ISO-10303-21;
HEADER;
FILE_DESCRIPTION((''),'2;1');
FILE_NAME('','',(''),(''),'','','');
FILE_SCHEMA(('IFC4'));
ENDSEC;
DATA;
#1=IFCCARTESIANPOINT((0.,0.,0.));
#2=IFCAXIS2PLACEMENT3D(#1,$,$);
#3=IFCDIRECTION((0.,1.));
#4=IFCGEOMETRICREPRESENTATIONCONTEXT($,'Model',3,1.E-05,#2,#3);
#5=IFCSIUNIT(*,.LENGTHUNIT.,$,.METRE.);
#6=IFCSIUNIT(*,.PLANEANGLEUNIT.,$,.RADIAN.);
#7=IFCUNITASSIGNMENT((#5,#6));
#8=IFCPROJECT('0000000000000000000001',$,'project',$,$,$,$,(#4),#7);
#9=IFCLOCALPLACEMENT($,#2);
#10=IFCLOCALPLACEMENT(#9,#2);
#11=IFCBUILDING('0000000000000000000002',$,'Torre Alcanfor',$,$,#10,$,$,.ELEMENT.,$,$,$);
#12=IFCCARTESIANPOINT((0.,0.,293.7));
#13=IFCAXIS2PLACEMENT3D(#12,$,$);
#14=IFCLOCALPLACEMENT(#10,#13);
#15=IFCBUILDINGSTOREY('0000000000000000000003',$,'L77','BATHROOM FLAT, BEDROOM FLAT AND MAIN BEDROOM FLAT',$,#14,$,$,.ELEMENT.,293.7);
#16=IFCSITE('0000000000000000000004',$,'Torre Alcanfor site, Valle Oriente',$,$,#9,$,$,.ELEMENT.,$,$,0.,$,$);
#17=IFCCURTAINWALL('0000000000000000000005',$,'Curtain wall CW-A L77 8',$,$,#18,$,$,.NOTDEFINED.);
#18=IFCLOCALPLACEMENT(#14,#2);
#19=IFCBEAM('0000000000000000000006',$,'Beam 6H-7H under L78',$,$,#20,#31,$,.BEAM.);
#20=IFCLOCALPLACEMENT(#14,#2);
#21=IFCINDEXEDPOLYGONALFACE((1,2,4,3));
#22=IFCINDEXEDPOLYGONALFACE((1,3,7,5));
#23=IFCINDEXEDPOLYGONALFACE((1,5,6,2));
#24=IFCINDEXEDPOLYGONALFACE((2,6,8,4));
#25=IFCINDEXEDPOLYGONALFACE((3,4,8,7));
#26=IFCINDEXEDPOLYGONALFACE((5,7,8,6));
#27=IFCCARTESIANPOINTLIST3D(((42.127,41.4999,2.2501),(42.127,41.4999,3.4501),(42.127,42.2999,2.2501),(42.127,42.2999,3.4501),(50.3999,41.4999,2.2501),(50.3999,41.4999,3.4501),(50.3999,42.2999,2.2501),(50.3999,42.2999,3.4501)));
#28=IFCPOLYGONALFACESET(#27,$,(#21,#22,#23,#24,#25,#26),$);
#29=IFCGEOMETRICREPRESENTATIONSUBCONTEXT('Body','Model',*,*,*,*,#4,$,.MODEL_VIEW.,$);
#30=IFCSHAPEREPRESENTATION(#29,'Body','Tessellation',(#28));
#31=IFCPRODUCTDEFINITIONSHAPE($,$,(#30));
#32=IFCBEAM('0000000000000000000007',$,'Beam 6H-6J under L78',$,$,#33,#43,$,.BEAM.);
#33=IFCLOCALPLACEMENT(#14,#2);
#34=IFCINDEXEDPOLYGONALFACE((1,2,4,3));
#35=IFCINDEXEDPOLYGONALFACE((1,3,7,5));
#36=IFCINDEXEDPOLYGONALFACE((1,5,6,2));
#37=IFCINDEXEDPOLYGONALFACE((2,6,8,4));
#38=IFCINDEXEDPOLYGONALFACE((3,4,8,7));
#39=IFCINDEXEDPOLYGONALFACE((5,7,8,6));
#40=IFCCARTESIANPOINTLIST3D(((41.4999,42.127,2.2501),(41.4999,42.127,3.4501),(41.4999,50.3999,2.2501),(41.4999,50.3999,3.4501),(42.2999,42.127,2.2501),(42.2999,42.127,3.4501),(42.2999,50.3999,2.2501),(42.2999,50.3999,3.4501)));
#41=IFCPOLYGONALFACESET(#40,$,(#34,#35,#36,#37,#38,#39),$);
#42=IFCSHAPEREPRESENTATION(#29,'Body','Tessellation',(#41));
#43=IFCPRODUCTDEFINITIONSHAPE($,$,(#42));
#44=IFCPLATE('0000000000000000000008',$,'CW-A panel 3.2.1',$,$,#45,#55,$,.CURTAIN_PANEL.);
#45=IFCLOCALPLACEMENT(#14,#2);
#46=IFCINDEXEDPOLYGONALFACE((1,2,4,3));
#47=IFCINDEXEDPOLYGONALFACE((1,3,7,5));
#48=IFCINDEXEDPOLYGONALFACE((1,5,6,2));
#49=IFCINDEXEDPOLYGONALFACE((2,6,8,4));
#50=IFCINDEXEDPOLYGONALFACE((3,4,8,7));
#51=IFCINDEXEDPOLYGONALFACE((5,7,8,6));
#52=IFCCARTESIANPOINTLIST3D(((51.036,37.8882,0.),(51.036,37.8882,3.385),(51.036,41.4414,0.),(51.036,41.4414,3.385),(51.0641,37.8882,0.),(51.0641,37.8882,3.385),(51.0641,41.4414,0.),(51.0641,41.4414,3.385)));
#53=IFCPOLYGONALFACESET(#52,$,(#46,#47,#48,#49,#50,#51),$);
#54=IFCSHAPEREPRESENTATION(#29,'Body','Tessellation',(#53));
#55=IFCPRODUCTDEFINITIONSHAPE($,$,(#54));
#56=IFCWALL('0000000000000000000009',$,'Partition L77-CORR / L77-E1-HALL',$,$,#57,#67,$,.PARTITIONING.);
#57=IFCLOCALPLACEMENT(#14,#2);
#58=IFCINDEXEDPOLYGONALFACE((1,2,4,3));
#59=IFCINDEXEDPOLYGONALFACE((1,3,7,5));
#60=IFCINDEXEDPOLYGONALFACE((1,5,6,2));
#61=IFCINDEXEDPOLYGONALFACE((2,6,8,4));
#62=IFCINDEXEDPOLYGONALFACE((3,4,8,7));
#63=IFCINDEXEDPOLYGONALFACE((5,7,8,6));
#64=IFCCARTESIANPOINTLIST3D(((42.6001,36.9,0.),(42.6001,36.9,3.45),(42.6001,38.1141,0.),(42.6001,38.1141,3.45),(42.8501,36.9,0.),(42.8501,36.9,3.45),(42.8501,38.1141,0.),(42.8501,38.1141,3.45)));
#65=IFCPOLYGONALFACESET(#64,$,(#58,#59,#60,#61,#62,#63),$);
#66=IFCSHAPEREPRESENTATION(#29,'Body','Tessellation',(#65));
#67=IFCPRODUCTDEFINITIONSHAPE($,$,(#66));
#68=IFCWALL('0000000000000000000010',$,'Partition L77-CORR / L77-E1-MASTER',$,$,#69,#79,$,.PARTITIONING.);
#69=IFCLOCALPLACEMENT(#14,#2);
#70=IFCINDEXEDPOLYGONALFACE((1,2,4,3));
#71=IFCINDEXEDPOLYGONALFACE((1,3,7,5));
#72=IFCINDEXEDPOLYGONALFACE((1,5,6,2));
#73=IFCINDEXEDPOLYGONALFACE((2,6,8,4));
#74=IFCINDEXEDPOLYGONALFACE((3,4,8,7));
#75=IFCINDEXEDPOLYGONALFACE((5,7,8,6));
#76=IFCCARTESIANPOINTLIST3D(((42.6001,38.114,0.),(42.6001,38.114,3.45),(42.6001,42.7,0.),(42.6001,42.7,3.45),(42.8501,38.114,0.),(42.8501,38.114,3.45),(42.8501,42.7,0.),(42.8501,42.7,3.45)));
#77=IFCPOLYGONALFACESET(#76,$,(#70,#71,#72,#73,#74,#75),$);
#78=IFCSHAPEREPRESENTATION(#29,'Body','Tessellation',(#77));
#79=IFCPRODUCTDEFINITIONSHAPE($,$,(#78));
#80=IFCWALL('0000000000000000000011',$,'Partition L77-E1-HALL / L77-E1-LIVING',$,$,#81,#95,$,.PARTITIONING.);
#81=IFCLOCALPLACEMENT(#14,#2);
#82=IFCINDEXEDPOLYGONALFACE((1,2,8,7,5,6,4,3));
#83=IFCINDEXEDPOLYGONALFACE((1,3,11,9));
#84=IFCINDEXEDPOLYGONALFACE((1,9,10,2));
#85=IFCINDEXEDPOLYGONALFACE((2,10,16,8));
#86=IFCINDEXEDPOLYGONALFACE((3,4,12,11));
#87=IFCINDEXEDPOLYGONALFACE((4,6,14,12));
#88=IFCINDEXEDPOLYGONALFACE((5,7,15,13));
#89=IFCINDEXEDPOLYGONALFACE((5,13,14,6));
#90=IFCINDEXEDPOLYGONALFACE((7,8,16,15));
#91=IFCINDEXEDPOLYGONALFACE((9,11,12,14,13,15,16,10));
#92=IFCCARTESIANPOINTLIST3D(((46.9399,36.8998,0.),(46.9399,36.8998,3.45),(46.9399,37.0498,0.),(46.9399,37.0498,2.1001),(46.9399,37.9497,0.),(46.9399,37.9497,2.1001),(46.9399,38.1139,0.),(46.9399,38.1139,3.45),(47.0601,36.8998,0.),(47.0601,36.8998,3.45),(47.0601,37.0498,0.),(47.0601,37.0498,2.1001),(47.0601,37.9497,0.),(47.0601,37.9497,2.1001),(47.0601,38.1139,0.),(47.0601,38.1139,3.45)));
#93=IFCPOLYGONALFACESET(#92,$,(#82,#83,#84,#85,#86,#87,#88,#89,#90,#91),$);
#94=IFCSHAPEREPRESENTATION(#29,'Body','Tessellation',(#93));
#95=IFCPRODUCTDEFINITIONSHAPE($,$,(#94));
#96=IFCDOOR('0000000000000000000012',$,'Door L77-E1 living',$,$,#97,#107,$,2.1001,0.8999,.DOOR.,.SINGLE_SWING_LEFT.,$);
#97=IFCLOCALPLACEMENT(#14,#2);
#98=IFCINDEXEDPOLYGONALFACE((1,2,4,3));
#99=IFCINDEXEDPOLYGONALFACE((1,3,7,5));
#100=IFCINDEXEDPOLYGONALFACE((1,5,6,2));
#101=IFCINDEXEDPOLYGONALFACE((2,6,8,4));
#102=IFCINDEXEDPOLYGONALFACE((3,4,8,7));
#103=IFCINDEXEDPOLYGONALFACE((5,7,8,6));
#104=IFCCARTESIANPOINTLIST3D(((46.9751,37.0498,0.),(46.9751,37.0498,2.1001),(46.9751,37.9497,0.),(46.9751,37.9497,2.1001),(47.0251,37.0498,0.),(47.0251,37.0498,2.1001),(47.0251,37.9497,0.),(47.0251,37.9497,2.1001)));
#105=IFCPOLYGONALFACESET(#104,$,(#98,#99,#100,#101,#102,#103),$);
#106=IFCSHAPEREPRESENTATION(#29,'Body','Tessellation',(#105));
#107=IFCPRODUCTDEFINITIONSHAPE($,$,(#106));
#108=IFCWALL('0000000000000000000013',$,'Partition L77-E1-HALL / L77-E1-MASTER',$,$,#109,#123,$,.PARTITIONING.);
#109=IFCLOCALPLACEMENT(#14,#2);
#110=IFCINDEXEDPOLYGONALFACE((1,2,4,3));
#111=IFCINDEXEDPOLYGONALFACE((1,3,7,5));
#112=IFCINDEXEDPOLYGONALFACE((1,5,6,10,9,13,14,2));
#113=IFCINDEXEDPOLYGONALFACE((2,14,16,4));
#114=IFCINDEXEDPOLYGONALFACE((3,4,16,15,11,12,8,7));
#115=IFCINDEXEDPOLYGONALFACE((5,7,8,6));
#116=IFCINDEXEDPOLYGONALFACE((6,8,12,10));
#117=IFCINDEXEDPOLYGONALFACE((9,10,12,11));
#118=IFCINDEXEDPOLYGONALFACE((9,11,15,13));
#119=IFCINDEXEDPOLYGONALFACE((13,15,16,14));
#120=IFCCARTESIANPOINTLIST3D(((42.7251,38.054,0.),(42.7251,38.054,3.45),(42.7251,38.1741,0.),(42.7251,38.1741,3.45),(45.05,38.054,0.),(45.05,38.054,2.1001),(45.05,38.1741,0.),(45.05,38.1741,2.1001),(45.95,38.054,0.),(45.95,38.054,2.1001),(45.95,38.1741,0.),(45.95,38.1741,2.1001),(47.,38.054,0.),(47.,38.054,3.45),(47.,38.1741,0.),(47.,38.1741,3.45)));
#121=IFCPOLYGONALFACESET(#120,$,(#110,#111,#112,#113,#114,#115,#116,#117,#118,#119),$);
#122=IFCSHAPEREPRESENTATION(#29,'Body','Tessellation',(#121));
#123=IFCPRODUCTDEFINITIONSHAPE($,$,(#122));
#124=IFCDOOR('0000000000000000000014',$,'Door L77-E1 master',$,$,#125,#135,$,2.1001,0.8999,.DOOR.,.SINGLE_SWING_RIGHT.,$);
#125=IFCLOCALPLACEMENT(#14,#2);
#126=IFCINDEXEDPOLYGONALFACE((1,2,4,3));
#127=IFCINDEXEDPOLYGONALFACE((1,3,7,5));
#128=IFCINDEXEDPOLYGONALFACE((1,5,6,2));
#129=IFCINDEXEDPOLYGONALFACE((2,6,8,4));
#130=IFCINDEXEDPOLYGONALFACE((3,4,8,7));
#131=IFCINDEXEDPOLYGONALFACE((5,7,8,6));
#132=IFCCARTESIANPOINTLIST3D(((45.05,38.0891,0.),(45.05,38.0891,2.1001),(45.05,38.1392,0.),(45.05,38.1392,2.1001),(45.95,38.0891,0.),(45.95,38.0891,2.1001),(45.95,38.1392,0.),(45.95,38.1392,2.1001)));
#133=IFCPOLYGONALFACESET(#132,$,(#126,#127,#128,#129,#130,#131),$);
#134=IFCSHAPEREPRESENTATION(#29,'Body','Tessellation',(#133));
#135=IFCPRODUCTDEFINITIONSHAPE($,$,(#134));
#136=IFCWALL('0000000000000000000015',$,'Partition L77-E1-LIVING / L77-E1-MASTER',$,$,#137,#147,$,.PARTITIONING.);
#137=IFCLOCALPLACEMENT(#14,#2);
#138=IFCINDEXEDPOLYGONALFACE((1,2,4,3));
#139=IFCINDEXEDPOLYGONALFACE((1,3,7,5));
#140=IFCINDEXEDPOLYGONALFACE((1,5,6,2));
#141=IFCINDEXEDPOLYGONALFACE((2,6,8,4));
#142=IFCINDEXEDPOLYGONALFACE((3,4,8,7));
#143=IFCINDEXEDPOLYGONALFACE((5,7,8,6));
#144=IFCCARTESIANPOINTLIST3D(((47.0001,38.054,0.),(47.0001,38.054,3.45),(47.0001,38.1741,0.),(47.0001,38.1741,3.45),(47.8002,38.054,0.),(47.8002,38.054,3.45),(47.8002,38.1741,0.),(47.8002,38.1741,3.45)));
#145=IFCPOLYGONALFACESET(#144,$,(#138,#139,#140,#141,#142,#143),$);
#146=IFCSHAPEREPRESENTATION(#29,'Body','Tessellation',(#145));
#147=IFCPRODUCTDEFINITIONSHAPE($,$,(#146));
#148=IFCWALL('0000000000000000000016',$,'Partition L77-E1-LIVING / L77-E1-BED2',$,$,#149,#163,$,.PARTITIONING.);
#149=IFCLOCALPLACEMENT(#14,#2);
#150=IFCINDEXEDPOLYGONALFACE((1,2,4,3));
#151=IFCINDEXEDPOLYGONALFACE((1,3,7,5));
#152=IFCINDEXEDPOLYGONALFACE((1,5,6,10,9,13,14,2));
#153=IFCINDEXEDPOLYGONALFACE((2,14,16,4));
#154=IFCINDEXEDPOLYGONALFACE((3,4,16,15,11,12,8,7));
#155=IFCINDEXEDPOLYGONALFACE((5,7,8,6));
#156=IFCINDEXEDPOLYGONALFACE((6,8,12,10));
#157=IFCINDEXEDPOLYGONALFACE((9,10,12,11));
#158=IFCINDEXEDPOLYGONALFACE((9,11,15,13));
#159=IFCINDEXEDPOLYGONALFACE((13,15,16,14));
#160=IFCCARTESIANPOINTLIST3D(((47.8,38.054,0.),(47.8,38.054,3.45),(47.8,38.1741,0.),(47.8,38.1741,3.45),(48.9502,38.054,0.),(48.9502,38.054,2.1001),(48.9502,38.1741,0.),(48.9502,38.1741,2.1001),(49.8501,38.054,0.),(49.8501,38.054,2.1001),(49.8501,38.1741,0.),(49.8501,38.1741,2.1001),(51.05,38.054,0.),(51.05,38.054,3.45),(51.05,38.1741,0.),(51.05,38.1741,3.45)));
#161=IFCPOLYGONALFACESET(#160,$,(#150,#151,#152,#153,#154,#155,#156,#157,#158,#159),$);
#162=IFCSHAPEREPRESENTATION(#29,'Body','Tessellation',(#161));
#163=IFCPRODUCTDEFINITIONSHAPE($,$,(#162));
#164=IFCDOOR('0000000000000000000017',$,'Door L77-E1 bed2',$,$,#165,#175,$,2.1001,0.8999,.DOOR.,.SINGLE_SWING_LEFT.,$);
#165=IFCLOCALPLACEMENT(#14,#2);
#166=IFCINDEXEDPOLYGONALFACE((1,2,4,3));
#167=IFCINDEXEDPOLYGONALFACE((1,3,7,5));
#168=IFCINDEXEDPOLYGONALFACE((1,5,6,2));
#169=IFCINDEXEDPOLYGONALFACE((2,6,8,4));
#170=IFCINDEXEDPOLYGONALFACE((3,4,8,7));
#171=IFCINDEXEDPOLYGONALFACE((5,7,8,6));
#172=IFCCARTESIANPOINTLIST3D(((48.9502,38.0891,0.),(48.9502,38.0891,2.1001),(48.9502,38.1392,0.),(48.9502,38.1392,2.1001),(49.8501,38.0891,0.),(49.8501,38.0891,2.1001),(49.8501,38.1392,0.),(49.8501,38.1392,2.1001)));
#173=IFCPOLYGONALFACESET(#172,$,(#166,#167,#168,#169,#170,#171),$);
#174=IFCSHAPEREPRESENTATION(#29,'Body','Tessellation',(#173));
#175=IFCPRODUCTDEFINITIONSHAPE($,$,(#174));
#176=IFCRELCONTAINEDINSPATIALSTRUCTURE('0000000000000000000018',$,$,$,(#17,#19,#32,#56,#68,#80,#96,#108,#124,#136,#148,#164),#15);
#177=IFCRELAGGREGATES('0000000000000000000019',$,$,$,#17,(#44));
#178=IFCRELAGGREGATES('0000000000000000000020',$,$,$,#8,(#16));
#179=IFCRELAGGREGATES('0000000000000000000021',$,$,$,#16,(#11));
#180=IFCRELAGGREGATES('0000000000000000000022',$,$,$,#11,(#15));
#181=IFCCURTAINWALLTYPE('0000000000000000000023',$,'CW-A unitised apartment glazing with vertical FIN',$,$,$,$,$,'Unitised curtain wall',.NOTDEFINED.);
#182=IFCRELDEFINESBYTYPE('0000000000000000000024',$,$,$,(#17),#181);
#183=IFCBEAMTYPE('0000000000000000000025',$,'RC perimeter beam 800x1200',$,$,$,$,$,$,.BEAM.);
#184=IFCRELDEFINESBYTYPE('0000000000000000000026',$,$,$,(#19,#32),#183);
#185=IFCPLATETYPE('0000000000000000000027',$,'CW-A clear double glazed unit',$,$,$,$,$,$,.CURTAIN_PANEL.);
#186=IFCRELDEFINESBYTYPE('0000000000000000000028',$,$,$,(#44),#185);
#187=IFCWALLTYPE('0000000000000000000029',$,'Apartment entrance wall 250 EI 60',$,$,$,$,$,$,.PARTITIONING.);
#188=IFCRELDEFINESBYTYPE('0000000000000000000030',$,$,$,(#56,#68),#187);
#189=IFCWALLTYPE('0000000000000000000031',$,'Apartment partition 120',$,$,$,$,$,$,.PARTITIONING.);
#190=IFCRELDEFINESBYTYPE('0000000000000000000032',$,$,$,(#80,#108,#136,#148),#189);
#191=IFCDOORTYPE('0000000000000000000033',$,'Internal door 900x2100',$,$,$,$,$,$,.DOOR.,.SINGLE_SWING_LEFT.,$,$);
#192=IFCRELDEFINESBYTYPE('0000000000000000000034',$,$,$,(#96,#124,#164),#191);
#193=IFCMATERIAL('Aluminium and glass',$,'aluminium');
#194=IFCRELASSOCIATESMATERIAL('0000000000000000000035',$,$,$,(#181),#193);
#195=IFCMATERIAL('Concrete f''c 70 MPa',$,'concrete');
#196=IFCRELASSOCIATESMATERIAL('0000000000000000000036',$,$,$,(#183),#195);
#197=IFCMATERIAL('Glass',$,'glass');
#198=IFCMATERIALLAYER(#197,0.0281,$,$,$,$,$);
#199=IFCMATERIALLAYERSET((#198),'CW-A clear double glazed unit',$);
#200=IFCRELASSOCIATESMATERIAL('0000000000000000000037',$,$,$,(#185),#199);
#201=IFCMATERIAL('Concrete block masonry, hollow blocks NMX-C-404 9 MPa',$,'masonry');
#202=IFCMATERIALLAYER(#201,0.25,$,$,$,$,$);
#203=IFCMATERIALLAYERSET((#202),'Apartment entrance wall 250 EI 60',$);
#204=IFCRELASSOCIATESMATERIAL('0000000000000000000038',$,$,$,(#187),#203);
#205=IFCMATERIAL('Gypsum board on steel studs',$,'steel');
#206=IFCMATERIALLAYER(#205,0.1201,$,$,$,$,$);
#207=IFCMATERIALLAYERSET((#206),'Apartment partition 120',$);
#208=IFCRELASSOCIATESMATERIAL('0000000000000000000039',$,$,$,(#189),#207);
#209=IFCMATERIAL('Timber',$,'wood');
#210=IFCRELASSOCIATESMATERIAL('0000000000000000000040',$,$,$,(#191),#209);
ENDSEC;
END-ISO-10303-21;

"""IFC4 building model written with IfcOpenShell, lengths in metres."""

from ifc_helpers import new_model, si_unit, direction, frame, frame_2d, origin, origin_2d, place, context, subcontext, project, spatial, rectangle, extrude, material, layer, layer_set, material_profile, profile_set, type_object, element, fill, aggregate, save


model = new_model("IFC4")

# Units and contexts
model_context = context("Model", 3, precision=1e-05, world=origin(), true_north=direction((0.0, 1.0)))
body_context = subcontext(model_context, "Body", "Model", "MODEL_VIEW")
ifc_project = project(units=[si_unit("LENGTHUNIT", "METRE"), si_unit("PLANEANGLEUNIT", "RADIAN")], contexts=[model_context])

# Site, building, storey
site_placement = place(None, origin())
site = spatial("IfcSite", under=ifc_project, at=site_placement, Name="Torre Alcanfor site, Valle Oriente", CompositionType="ELEMENT", RefElevation=0.0)
building_placement = place(site_placement, origin())
building = spatial("IfcBuilding", under=site, at=building_placement, Name="Torre Alcanfor", CompositionType="ELEMENT")
storey_placement = place(building_placement, frame((0.0, 0.0, 293.7)))
storey = spatial("IfcBuildingStorey", under=building, at=storey_placement, Name="L77", Description="BATHROOM FLAT, BEDROOM FLAT AND MAIN BEDROOM FLAT", CompositionType="ELEMENT", Elevation=293.7)

# Curtain wall
ifc_material_1 = material(Name="Aluminium and glass", Category="aluminium")
curtain_wall_type = type_object("IfcCurtainWallType", Name="CW-A unitised apartment glazing with vertical FIN", ElementType="Unitised curtain wall", PredefinedType="NOTDEFINED", material=ifc_material_1)
curtain_wall_1_placement = place(storey_placement, origin())
curtain_wall_1 = element("IfcCurtainWall", 1, at=curtain_wall_1_placement, inside=storey, type_object=curtain_wall_type, Name="Curtain wall CW-A L77 8", PredefinedType="NOTDEFINED")

# Beams
ifc_material_2 = material(Name="Concrete f'c 70 MPa", Category="concrete")
ifc_material_profile_1 = material_profile(ifc_material_2, rectangle(XDim=0.8, YDim=1.2, at=origin_2d()), Name="800x1200")
ifc_profile_set_1 = profile_set([ifc_material_profile_1], Name="Concrete f'c 70 MPa")
beam_type = type_object("IfcBeamType", Name="RC perimeter beam 800x1200", PredefinedType="BEAM", material=ifc_profile_set_1)
for number, where, z_axis, x_axis, name in (
    (2, (42.127, 41.8999, 2.8501), (1.0, 0.0, 0.0), (0.0, 1.0, 0.0), "Beam 6H-7H under L78"),
    (3, (41.8999, 42.127, 2.8501), (0.0, 1.0, 0.0), (-1.0, 0.0, 0.0), "Beam 6H-6J under L78"),
):
    element("IfcBeam", number, at=place(storey_placement, frame(where, z_axis=z_axis, x_axis=x_axis)), inside=storey, type_object=beam_type, Name=name, PredefinedType="BEAM", context=body_context, shape_type="SweptSolid", body=[
        extrude(rectangle(XDim=0.8, YDim=1.2, at=origin_2d()), origin(), (0.0, 0.0, 1.0), 8.2729),
    ])

# Plate
ifc_material_3 = material(Name="Glass", Category="glass")
ifc_layer_1 = layer(ifc_material_3, 0.0281)
ifc_layer_set_1 = layer_set([ifc_layer_1], Name="CW-A clear double glazed unit")
plate_type = type_object("IfcPlateType", Name="CW-A clear double glazed unit", PredefinedType="CURTAIN_PANEL", material=ifc_layer_set_1)
plate_placement = place(storey_placement, frame((51.05, 39.6648, 0.0), z_axis=(0.0, 0.0, 1.0), x_axis=(0.0, 1.0, 0.0)))
plate = element("IfcPlate", 4, at=plate_placement, type_object=plate_type, Name="CW-A panel 3.2.1", PredefinedType="CURTAIN_PANEL", context=body_context, shape_type="SweptSolid", body=[
    extrude(rectangle(XDim=3.5532, YDim=0.0281, at=origin_2d()), origin(), (0.0, 0.0, 1.0), 3.385),
])
aggregate(curtain_wall_1, [plate])

# Walls
ifc_material_4 = material(Name="Concrete block masonry, hollow blocks NMX-C-404 9 MPa", Category="masonry")
ifc_layer_2 = layer(ifc_material_4, 0.25)
ifc_layer_set_2 = layer_set([ifc_layer_2], Name="Apartment entrance wall 250 EI 60")
wall_type_1 = type_object("IfcWallType", Name="Apartment entrance wall 250 EI 60", PredefinedType="PARTITIONING", material=ifc_layer_set_2)
wall_1_placement = place(storey_placement, frame((42.7251, 38.114, 0.0), z_axis=(0.0, 0.0, 1.0), x_axis=(0.0, -1.0, 0.0)))
element("IfcWall", 5, at=wall_1_placement, inside=storey, type_object=wall_type_1, Name="Partition L77-CORR / L77-E1-HALL", PredefinedType="PARTITIONING", context=body_context, shape_type="SweptSolid", body=[
    extrude(rectangle(XDim=1.2141, YDim=0.25, at=frame_2d((0.6069, 0.0))), origin(), (0.0, 0.0, 1.0), 3.45),
])
wall_2_placement = place(storey_placement, frame((42.7251, 42.7, 0.0), z_axis=(0.0, 0.0, 1.0), x_axis=(0.0, -1.0, 0.0)))
element("IfcWall", 6, at=wall_2_placement, inside=storey, type_object=wall_type_1, Name="Partition L77-CORR / L77-E1-MASTER", PredefinedType="PARTITIONING", context=body_context, shape_type="SweptSolid", body=[
    extrude(rectangle(XDim=4.5859, YDim=0.25, at=frame_2d((2.293, 0.0))), origin(), (0.0, 0.0, 1.0), 3.45),
])

# Walls, openings, doors
ifc_material_5 = material(Name="Gypsum board on steel studs", Category="steel")
ifc_layer_3 = layer(ifc_material_5, 0.1201)
ifc_layer_set_3 = layer_set([ifc_layer_3], Name="Apartment partition 120")
wall_type_2 = type_object("IfcWallType", Name="Apartment partition 120", PredefinedType="PARTITIONING", material=ifc_layer_set_3)
wall_3_placement = place(storey_placement, frame((47.0, 36.8999, 0.0), z_axis=(0.0, 0.0, 1.0), x_axis=(0.0, 1.0, 0.0)))
wall_3 = element("IfcWall", 7, at=wall_3_placement, inside=storey, type_object=wall_type_2, Name="Partition L77-E1-HALL / L77-E1-LIVING", PredefinedType="PARTITIONING", context=body_context, shape_type="SweptSolid", body=[
    extrude(rectangle(XDim=1.2141, YDim=0.1201, at=frame_2d((0.6069, 0.0))), origin(), (0.0, 0.0, 1.0), 3.45),
])
opening_1_placement = place(wall_3_placement, frame((0.1499, 0.0, 0.0)))
opening_1 = element("IfcOpeningElement", 8, at=opening_1_placement, cuts=wall_3, PredefinedType="OPENING", context=body_context, shape_type="SweptSolid", body=[
    extrude(rectangle(XDim=0.8999, YDim=2.1001, at=frame_2d((0.45, 1.05))), frame((0.0, 0.0701, 0.0), z_axis=(0.0, -1.0, 0.0), x_axis=(1.0, 0.0, 0.0)), (0.0, 0.0, 1.0), 0.1401),
])
ifc_material_6 = material(Name="Timber", Category="wood")
door_type = type_object("IfcDoorType", Name="Internal door 900x2100", OperationType="SINGLE_SWING_LEFT", PredefinedType="DOOR", material=ifc_material_6)
door_1_placement = place(opening_1_placement, frame((0.8999, 0.0, 0.0), z_axis=(0.0, 0.0, 1.0), x_axis=(-1.0, 0.0, 0.0)))
door_1 = element("IfcDoor", 9, at=door_1_placement, inside=storey, type_object=door_type, Name="Door L77-E1 living", OperationType="SINGLE_SWING_LEFT", OverallHeight=2.1001, OverallWidth=0.8999, PredefinedType="DOOR", context=body_context, shape_type="SweptSolid", body=[
    extrude(rectangle(XDim=0.8999, YDim=2.1001, at=frame_2d((0.45, 1.05))), frame((0.0, 0.0251, 0.0), z_axis=(0.0, -1.0, 0.0), x_axis=(1.0, 0.0, 0.0)), (0.0, 0.0, 1.0), 0.05),
])
fill(opening_1, door_1)
wall_4_placement = place(storey_placement, frame((47.0, 38.114, 0.0), z_axis=(0.0, 0.0, 1.0), x_axis=(-1.0, 0.0, 0.0)))
wall_4 = element("IfcWall", 10, at=wall_4_placement, inside=storey, type_object=wall_type_2, Name="Partition L77-E1-HALL / L77-E1-MASTER", PredefinedType="PARTITIONING", context=body_context, shape_type="SweptSolid", body=[
    extrude(rectangle(XDim=4.2749, YDim=0.1201, at=frame_2d((2.1375, 0.0))), origin(), (0.0, 0.0, 1.0), 3.45),
])
opening_2_placement = place(wall_4_placement, frame((1.05, 0.0, 0.0)))
opening_2 = element("IfcOpeningElement", 11, at=opening_2_placement, cuts=wall_4, PredefinedType="OPENING", context=body_context, shape_type="SweptSolid", body=[
    extrude(rectangle(XDim=0.8999, YDim=2.1001, at=frame_2d((0.45, 1.05))), frame((0.0, 0.0701, 0.0), z_axis=(0.0, -1.0, 0.0), x_axis=(1.0, 0.0, 0.0)), (0.0, 0.0, 1.0), 0.1401),
])
door_2_placement = place(opening_2_placement, frame((0.8999, 0.0, 0.0), z_axis=(0.0, 0.0, 1.0), x_axis=(-1.0, 0.0, 0.0)))
door_2 = element("IfcDoor", 12, at=door_2_placement, inside=storey, type_object=door_type, Name="Door L77-E1 master", OperationType="SINGLE_SWING_RIGHT", OverallHeight=2.1001, OverallWidth=0.8999, PredefinedType="DOOR", context=body_context, shape_type="SweptSolid", body=[
    extrude(rectangle(XDim=0.8999, YDim=2.1001, at=frame_2d((0.45, 1.05))), frame((0.0, 0.0251, 0.0), z_axis=(0.0, -1.0, 0.0), x_axis=(1.0, 0.0, 0.0)), (0.0, 0.0, 1.0), 0.05),
])
fill(opening_2, door_2)

# Wall
wall_5_placement = place(storey_placement, frame((47.8, 38.114, 0.0), z_axis=(0.0, 0.0, 1.0), x_axis=(-1.0, 0.0, 0.0)))
element("IfcWall", 13, at=wall_5_placement, inside=storey, type_object=wall_type_2, Name="Partition L77-E1-LIVING / L77-E1-MASTER", PredefinedType="PARTITIONING", context=body_context, shape_type="SweptSolid", body=[
    extrude(rectangle(XDim=0.8, YDim=0.1201, at=frame_2d((0.3999, 0.0))), origin(), (0.0, 0.0, 1.0), 3.45),
])

# Wall, opening, door
wall_6_placement = place(storey_placement, frame((51.05, 38.114, 0.0), z_axis=(0.0, 0.0, 1.0), x_axis=(-1.0, 0.0, 0.0)))
wall_6 = element("IfcWall", 14, at=wall_6_placement, inside=storey, type_object=wall_type_2, Name="Partition L77-E1-LIVING / L77-E1-BED2", PredefinedType="PARTITIONING", context=body_context, shape_type="SweptSolid", body=[
    extrude(rectangle(XDim=3.25, YDim=0.1201, at=frame_2d((1.625, 0.0))), origin(), (0.0, 0.0, 1.0), 3.45),
])
opening_3_placement = place(wall_6_placement, frame((1.2, 0.0, 0.0)))
opening_3 = element("IfcOpeningElement", 15, at=opening_3_placement, cuts=wall_6, PredefinedType="OPENING", context=body_context, shape_type="SweptSolid", body=[
    extrude(rectangle(XDim=0.8999, YDim=2.1001, at=frame_2d((0.45, 1.05))), frame((0.0, 0.0701, 0.0), z_axis=(0.0, -1.0, 0.0), x_axis=(1.0, 0.0, 0.0)), (0.0, 0.0, 1.0), 0.1401),
])
door_3_placement = place(opening_3_placement, frame((0.8999, 0.0, 0.0), z_axis=(0.0, 0.0, 1.0), x_axis=(-1.0, 0.0, 0.0)))
door_3 = element("IfcDoor", 16, at=door_3_placement, inside=storey, type_object=door_type, Name="Door L77-E1 bed2", OperationType="SINGLE_SWING_LEFT", OverallHeight=2.1001, OverallWidth=0.8999, PredefinedType="DOOR", context=body_context, shape_type="SweptSolid", body=[
    extrude(rectangle(XDim=0.8999, YDim=2.1001, at=frame_2d((0.45, 1.05))), frame((0.0, 0.0251, 0.0), z_axis=(0.0, -1.0, 0.0), x_axis=(1.0, 0.0, 0.0)), (0.0, 0.0, 1.0), 0.05),
])
fill(opening_3, door_3)

save(model, "model.ifc")
